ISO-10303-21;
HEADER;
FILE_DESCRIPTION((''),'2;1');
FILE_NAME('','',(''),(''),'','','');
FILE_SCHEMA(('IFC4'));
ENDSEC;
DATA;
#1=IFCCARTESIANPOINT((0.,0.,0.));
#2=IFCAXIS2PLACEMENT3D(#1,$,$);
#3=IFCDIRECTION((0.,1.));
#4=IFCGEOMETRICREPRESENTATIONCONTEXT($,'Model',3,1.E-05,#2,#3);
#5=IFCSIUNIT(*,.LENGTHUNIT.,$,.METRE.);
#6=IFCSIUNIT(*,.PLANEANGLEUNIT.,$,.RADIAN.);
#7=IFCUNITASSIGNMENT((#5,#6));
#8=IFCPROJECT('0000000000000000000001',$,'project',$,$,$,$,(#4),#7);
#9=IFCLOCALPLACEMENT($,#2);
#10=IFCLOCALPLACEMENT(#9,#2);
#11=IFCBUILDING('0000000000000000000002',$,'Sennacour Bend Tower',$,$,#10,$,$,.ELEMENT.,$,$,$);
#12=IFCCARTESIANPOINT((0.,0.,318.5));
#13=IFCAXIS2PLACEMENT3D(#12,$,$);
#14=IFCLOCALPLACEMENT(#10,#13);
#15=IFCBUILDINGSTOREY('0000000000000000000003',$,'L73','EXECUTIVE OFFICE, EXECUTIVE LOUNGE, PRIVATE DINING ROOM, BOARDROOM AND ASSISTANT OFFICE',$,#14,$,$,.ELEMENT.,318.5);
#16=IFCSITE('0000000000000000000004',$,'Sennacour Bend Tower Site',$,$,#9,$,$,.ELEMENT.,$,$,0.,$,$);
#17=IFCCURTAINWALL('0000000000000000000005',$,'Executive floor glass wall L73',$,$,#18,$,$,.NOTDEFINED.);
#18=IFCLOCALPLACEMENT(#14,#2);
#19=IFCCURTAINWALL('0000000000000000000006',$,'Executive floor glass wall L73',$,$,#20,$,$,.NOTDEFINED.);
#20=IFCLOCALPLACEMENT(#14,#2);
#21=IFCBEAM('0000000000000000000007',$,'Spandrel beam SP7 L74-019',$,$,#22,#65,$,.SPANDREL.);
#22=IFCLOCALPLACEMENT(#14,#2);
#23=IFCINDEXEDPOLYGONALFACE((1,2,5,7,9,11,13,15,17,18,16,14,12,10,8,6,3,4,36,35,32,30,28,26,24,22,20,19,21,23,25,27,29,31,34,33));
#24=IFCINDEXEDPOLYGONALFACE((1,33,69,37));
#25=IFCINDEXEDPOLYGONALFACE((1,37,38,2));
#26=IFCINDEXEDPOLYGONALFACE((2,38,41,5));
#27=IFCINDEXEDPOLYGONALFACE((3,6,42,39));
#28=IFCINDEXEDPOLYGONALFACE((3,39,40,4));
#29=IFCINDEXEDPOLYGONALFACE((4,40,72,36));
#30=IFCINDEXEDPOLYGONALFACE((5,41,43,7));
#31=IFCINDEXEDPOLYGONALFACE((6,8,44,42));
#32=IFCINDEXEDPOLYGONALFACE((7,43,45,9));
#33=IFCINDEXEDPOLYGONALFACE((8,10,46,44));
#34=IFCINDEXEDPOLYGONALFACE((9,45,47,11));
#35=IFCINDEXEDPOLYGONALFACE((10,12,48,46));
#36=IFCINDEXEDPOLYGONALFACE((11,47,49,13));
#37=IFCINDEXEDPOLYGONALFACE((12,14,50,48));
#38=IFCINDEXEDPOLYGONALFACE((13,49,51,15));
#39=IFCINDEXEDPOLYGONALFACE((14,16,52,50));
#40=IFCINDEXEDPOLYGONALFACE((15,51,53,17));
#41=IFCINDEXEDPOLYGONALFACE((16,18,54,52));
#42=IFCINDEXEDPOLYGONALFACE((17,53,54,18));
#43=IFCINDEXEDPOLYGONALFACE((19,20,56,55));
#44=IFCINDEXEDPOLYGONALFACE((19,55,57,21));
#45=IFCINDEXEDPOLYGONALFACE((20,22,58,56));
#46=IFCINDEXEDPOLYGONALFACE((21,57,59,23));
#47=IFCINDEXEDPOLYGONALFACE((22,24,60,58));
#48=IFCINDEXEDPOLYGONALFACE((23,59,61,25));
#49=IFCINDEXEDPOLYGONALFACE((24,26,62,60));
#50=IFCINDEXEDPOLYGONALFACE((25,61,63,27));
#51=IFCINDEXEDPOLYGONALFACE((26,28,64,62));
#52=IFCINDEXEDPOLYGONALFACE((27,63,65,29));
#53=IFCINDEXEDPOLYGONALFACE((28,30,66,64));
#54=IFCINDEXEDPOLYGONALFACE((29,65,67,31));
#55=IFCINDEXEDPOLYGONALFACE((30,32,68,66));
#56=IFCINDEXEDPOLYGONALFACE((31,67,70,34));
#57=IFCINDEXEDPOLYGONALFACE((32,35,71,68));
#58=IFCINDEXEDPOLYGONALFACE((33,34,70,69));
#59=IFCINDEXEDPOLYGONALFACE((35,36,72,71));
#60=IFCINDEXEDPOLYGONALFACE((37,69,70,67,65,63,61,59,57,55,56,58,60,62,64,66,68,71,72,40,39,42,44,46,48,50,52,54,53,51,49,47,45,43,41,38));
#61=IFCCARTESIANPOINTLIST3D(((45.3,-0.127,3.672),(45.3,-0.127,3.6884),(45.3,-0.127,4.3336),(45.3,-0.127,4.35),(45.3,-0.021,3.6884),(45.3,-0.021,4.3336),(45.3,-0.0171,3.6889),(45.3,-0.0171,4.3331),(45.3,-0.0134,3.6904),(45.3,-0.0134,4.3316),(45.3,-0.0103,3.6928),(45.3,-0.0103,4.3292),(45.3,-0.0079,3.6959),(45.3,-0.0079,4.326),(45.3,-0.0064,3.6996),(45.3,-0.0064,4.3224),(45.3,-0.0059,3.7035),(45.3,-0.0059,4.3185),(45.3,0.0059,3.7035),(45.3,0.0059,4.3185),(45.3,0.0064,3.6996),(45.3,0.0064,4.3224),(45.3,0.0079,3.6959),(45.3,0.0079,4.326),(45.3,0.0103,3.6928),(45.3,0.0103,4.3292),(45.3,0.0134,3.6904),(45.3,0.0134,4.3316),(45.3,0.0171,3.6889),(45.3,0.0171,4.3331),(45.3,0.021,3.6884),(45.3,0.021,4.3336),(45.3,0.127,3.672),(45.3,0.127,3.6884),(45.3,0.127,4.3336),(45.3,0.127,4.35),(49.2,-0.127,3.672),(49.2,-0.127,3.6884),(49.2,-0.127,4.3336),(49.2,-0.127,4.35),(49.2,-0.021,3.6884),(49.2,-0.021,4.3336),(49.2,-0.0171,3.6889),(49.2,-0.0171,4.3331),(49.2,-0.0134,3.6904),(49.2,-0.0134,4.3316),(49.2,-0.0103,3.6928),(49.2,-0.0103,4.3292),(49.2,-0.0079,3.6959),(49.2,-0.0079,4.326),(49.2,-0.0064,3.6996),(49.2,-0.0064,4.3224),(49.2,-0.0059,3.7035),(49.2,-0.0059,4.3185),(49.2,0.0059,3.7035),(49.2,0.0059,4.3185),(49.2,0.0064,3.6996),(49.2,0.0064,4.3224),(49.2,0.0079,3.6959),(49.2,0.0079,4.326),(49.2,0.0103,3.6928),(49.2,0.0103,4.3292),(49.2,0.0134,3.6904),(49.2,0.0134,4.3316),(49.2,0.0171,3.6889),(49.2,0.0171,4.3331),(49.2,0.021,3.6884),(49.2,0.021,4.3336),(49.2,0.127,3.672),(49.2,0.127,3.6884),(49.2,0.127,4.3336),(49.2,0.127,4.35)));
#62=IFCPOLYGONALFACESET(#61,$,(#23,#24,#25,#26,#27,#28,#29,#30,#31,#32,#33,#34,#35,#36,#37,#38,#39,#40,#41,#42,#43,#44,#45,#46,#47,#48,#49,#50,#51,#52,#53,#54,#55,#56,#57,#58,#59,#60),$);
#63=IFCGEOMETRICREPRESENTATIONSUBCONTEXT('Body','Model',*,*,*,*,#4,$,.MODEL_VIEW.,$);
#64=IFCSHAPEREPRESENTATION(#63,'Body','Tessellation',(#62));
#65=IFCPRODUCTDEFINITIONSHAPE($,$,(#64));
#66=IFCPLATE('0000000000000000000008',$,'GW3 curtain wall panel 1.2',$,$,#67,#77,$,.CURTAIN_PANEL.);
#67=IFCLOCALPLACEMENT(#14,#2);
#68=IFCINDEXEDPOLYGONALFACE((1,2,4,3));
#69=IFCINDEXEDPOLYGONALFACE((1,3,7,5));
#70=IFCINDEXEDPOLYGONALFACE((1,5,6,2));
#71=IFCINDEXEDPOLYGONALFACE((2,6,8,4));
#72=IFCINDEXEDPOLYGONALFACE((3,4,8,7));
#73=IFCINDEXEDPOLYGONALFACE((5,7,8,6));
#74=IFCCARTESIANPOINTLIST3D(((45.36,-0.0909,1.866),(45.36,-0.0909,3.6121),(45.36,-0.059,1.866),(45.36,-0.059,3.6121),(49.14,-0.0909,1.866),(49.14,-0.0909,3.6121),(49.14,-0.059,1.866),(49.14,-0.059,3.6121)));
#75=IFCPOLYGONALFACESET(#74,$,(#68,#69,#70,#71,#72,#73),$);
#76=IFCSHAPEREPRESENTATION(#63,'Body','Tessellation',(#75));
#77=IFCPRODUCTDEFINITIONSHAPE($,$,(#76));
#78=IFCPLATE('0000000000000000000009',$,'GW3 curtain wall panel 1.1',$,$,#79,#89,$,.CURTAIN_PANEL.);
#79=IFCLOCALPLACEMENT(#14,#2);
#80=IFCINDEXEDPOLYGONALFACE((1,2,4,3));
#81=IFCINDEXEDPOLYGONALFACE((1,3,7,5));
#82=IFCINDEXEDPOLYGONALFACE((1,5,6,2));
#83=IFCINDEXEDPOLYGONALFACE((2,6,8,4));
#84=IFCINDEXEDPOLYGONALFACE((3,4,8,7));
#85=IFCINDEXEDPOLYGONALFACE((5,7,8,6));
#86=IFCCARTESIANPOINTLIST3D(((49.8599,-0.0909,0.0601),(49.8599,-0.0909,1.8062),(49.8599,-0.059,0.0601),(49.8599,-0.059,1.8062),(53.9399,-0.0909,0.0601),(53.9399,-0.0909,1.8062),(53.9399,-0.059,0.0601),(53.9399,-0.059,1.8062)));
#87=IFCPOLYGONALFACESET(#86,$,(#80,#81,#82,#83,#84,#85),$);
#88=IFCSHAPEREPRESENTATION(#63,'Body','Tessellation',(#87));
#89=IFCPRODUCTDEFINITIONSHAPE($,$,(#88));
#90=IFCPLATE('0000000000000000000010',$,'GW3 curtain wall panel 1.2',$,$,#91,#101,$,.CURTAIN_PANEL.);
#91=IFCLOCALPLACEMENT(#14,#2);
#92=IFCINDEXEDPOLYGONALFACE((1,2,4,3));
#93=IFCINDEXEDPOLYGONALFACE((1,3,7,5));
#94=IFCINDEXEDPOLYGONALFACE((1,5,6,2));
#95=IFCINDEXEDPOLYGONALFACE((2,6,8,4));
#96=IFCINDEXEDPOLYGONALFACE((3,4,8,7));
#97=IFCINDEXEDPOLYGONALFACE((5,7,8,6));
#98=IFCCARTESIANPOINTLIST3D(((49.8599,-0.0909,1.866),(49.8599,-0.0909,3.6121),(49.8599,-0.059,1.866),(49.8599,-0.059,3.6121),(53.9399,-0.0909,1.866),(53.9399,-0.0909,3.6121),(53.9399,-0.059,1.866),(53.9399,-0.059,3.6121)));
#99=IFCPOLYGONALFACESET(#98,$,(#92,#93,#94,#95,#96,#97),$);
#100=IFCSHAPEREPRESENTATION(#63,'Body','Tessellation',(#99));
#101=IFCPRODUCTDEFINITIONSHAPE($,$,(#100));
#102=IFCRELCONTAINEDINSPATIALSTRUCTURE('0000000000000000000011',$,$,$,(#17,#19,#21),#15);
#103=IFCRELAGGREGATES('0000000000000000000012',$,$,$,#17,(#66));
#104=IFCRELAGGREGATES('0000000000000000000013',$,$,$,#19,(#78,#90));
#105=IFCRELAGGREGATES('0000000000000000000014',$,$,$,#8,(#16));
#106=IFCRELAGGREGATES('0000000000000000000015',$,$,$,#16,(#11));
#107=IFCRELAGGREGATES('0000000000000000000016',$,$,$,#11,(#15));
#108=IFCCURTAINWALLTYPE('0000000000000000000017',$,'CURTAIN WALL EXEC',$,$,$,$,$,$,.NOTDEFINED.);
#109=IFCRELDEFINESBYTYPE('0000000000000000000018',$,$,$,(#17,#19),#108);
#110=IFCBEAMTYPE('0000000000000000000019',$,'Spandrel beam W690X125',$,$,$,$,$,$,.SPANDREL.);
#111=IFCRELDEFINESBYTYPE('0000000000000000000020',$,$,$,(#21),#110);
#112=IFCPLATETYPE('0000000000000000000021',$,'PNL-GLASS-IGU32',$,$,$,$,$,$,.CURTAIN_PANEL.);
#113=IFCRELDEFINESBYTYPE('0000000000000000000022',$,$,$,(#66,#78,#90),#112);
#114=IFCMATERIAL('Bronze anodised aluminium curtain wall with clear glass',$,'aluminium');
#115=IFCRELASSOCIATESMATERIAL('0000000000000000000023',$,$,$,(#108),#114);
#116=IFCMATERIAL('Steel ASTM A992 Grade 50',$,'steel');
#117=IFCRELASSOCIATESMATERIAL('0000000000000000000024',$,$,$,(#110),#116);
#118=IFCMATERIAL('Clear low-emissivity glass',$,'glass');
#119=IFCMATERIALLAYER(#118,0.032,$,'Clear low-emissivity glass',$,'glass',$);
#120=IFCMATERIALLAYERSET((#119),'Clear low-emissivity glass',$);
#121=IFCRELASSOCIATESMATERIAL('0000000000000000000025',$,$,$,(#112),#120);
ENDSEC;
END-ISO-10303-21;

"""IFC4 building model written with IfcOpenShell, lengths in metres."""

from ifc_helpers import new_model, si_unit, direction, frame, origin, origin_2d, place, context, subcontext, project, spatial, rectangle, i_section, extrude, material, layer, layer_set, material_profile, profile_set, type_object, element, aggregate, save


model = new_model("IFC4")

# Units and contexts
model_context = context("Model", 3, precision=1e-05, world=origin(), true_north=direction((0.0, 1.0)))
body_context = subcontext(model_context, "Body", "Model", "MODEL_VIEW")
ifc_project = project(units=[si_unit("LENGTHUNIT", "METRE"), si_unit("PLANEANGLEUNIT", "RADIAN")], contexts=[model_context])

# Site, building, storey
site_placement = place(None, origin())
site = spatial("IfcSite", under=ifc_project, at=site_placement, Name="Sennacour Bend Tower Site", CompositionType="ELEMENT", RefElevation=0.0)
building_placement = place(site_placement, origin())
building = spatial("IfcBuilding", under=site, at=building_placement, Name="Sennacour Bend Tower", CompositionType="ELEMENT")
storey_placement = place(building_placement, frame((0.0, 0.0, 318.5)))
storey = spatial("IfcBuildingStorey", under=building, at=storey_placement, Name="L73", Description="EXECUTIVE OFFICE, EXECUTIVE LOUNGE, PRIVATE DINING ROOM, BOARDROOM AND ASSISTANT OFFICE", CompositionType="ELEMENT", Elevation=318.5)

# Curtain wall
ifc_material_1 = material(Name="Bronze anodised aluminium curtain wall with clear glass", Category="aluminium")
curtain_wall_type = type_object("IfcCurtainWallType", Name="CURTAIN WALL EXEC", PredefinedType="NOTDEFINED", material=ifc_material_1)
curtain_wall_1_placement = place(storey_placement, origin())
curtain_wall_1 = element("IfcCurtainWall", 1, at=curtain_wall_1_placement, inside=storey, type_object=curtain_wall_type, Name="Executive floor glass wall L73", PredefinedType="NOTDEFINED")

# Curtain wall
curtain_wall_2_placement = place(storey_placement, origin())
curtain_wall_2 = element("IfcCurtainWall", 2, at=curtain_wall_2_placement, inside=storey, type_object=curtain_wall_type, Name="Executive floor glass wall L73", PredefinedType="NOTDEFINED")

# Beam
ifc_material_2 = material(Name="Steel ASTM A992 Grade 50", Category="steel")
ifc_material_profile_1 = material_profile(ifc_material_2, i_section(OverallWidth=0.2539, OverallDepth=0.678, WebThickness=0.0117, FlangeThickness=0.0164, FilletRadius=0.0151, at=origin_2d()), Name="Steel ASTM A992 Grade 50", Category="steel")
ifc_profile_set_1 = profile_set([ifc_material_profile_1], Name="Steel ASTM A992 Grade 50")
beam_type = type_object("IfcBeamType", Name="Spandrel beam W690X125", PredefinedType="SPANDREL", material=ifc_profile_set_1)
beam_1_placement = place(storey_placement, frame((49.2, 0.0, 4.011), z_axis=(-1.0, 0.0, 0.0), x_axis=(0.0, -1.0, 0.0)))
element("IfcBeam", 3, at=beam_1_placement, inside=storey, type_object=beam_type, Name="Spandrel beam SP7 L74-019", PredefinedType="SPANDREL", context=body_context, shape_type="SweptSolid", body=[
    extrude(i_section(OverallWidth=0.2539, OverallDepth=0.678, WebThickness=0.0117, FlangeThickness=0.0164, FilletRadius=0.0151, at=origin_2d()), origin(), (0.0, 0.0, 1.0), 3.8999),
])

# Plates
ifc_material_3 = material(Name="Clear low-emissivity glass", Category="glass")
ifc_layer = layer(ifc_material_3, 0.032, Name="Clear low-emissivity glass", Category="glass")
ifc_layer_set = layer_set([ifc_layer], Name="Clear low-emissivity glass")
plate_type = type_object("IfcPlateType", Name="PNL-GLASS-IGU32", PredefinedType="CURTAIN_PANEL", material=ifc_layer_set)
plate_1_placement = place(storey_placement, frame((47.25, -0.075, 1.866), z_axis=(0.0, 0.0, 1.0), x_axis=(1.0, 0.0, 0.0)))
plate_1 = element("IfcPlate", 4, at=plate_1_placement, type_object=plate_type, Name="GW3 curtain wall panel 1.2", PredefinedType="CURTAIN_PANEL", context=body_context, shape_type="SweptSolid", body=[
    extrude(rectangle(XDim=3.78, YDim=0.032, at=origin_2d()), origin(), (0.0, 0.0, 1.0), 1.7461),
])
aggregate(curtain_wall_1, [plate_1])
plate_2_placement = place(storey_placement, frame((51.8999, -0.075, 0.0601), z_axis=(0.0, 0.0, 1.0), x_axis=(1.0, 0.0, 0.0)))
plate_2 = element("IfcPlate", 5, at=plate_2_placement, type_object=plate_type, Name="GW3 curtain wall panel 1.1", PredefinedType="CURTAIN_PANEL", context=body_context, shape_type="SweptSolid", body=[
    extrude(rectangle(XDim=4.0801, YDim=0.032, at=origin_2d()), origin(), (0.0, 0.0, 1.0), 1.7461),
])
plate_3_placement = place(storey_placement, frame((51.8999, -0.075, 1.866), z_axis=(0.0, 0.0, 1.0), x_axis=(1.0, 0.0, 0.0)))
plate_3 = element("IfcPlate", 6, at=plate_3_placement, type_object=plate_type, Name="GW3 curtain wall panel 1.2", PredefinedType="CURTAIN_PANEL", context=body_context, shape_type="SweptSolid", body=[
    extrude(rectangle(XDim=4.0801, YDim=0.032, at=origin_2d()), origin(), (0.0, 0.0, 1.0), 1.7461),
])
aggregate(curtain_wall_2, [plate_2, plate_3])

save(model, "model.ifc")
